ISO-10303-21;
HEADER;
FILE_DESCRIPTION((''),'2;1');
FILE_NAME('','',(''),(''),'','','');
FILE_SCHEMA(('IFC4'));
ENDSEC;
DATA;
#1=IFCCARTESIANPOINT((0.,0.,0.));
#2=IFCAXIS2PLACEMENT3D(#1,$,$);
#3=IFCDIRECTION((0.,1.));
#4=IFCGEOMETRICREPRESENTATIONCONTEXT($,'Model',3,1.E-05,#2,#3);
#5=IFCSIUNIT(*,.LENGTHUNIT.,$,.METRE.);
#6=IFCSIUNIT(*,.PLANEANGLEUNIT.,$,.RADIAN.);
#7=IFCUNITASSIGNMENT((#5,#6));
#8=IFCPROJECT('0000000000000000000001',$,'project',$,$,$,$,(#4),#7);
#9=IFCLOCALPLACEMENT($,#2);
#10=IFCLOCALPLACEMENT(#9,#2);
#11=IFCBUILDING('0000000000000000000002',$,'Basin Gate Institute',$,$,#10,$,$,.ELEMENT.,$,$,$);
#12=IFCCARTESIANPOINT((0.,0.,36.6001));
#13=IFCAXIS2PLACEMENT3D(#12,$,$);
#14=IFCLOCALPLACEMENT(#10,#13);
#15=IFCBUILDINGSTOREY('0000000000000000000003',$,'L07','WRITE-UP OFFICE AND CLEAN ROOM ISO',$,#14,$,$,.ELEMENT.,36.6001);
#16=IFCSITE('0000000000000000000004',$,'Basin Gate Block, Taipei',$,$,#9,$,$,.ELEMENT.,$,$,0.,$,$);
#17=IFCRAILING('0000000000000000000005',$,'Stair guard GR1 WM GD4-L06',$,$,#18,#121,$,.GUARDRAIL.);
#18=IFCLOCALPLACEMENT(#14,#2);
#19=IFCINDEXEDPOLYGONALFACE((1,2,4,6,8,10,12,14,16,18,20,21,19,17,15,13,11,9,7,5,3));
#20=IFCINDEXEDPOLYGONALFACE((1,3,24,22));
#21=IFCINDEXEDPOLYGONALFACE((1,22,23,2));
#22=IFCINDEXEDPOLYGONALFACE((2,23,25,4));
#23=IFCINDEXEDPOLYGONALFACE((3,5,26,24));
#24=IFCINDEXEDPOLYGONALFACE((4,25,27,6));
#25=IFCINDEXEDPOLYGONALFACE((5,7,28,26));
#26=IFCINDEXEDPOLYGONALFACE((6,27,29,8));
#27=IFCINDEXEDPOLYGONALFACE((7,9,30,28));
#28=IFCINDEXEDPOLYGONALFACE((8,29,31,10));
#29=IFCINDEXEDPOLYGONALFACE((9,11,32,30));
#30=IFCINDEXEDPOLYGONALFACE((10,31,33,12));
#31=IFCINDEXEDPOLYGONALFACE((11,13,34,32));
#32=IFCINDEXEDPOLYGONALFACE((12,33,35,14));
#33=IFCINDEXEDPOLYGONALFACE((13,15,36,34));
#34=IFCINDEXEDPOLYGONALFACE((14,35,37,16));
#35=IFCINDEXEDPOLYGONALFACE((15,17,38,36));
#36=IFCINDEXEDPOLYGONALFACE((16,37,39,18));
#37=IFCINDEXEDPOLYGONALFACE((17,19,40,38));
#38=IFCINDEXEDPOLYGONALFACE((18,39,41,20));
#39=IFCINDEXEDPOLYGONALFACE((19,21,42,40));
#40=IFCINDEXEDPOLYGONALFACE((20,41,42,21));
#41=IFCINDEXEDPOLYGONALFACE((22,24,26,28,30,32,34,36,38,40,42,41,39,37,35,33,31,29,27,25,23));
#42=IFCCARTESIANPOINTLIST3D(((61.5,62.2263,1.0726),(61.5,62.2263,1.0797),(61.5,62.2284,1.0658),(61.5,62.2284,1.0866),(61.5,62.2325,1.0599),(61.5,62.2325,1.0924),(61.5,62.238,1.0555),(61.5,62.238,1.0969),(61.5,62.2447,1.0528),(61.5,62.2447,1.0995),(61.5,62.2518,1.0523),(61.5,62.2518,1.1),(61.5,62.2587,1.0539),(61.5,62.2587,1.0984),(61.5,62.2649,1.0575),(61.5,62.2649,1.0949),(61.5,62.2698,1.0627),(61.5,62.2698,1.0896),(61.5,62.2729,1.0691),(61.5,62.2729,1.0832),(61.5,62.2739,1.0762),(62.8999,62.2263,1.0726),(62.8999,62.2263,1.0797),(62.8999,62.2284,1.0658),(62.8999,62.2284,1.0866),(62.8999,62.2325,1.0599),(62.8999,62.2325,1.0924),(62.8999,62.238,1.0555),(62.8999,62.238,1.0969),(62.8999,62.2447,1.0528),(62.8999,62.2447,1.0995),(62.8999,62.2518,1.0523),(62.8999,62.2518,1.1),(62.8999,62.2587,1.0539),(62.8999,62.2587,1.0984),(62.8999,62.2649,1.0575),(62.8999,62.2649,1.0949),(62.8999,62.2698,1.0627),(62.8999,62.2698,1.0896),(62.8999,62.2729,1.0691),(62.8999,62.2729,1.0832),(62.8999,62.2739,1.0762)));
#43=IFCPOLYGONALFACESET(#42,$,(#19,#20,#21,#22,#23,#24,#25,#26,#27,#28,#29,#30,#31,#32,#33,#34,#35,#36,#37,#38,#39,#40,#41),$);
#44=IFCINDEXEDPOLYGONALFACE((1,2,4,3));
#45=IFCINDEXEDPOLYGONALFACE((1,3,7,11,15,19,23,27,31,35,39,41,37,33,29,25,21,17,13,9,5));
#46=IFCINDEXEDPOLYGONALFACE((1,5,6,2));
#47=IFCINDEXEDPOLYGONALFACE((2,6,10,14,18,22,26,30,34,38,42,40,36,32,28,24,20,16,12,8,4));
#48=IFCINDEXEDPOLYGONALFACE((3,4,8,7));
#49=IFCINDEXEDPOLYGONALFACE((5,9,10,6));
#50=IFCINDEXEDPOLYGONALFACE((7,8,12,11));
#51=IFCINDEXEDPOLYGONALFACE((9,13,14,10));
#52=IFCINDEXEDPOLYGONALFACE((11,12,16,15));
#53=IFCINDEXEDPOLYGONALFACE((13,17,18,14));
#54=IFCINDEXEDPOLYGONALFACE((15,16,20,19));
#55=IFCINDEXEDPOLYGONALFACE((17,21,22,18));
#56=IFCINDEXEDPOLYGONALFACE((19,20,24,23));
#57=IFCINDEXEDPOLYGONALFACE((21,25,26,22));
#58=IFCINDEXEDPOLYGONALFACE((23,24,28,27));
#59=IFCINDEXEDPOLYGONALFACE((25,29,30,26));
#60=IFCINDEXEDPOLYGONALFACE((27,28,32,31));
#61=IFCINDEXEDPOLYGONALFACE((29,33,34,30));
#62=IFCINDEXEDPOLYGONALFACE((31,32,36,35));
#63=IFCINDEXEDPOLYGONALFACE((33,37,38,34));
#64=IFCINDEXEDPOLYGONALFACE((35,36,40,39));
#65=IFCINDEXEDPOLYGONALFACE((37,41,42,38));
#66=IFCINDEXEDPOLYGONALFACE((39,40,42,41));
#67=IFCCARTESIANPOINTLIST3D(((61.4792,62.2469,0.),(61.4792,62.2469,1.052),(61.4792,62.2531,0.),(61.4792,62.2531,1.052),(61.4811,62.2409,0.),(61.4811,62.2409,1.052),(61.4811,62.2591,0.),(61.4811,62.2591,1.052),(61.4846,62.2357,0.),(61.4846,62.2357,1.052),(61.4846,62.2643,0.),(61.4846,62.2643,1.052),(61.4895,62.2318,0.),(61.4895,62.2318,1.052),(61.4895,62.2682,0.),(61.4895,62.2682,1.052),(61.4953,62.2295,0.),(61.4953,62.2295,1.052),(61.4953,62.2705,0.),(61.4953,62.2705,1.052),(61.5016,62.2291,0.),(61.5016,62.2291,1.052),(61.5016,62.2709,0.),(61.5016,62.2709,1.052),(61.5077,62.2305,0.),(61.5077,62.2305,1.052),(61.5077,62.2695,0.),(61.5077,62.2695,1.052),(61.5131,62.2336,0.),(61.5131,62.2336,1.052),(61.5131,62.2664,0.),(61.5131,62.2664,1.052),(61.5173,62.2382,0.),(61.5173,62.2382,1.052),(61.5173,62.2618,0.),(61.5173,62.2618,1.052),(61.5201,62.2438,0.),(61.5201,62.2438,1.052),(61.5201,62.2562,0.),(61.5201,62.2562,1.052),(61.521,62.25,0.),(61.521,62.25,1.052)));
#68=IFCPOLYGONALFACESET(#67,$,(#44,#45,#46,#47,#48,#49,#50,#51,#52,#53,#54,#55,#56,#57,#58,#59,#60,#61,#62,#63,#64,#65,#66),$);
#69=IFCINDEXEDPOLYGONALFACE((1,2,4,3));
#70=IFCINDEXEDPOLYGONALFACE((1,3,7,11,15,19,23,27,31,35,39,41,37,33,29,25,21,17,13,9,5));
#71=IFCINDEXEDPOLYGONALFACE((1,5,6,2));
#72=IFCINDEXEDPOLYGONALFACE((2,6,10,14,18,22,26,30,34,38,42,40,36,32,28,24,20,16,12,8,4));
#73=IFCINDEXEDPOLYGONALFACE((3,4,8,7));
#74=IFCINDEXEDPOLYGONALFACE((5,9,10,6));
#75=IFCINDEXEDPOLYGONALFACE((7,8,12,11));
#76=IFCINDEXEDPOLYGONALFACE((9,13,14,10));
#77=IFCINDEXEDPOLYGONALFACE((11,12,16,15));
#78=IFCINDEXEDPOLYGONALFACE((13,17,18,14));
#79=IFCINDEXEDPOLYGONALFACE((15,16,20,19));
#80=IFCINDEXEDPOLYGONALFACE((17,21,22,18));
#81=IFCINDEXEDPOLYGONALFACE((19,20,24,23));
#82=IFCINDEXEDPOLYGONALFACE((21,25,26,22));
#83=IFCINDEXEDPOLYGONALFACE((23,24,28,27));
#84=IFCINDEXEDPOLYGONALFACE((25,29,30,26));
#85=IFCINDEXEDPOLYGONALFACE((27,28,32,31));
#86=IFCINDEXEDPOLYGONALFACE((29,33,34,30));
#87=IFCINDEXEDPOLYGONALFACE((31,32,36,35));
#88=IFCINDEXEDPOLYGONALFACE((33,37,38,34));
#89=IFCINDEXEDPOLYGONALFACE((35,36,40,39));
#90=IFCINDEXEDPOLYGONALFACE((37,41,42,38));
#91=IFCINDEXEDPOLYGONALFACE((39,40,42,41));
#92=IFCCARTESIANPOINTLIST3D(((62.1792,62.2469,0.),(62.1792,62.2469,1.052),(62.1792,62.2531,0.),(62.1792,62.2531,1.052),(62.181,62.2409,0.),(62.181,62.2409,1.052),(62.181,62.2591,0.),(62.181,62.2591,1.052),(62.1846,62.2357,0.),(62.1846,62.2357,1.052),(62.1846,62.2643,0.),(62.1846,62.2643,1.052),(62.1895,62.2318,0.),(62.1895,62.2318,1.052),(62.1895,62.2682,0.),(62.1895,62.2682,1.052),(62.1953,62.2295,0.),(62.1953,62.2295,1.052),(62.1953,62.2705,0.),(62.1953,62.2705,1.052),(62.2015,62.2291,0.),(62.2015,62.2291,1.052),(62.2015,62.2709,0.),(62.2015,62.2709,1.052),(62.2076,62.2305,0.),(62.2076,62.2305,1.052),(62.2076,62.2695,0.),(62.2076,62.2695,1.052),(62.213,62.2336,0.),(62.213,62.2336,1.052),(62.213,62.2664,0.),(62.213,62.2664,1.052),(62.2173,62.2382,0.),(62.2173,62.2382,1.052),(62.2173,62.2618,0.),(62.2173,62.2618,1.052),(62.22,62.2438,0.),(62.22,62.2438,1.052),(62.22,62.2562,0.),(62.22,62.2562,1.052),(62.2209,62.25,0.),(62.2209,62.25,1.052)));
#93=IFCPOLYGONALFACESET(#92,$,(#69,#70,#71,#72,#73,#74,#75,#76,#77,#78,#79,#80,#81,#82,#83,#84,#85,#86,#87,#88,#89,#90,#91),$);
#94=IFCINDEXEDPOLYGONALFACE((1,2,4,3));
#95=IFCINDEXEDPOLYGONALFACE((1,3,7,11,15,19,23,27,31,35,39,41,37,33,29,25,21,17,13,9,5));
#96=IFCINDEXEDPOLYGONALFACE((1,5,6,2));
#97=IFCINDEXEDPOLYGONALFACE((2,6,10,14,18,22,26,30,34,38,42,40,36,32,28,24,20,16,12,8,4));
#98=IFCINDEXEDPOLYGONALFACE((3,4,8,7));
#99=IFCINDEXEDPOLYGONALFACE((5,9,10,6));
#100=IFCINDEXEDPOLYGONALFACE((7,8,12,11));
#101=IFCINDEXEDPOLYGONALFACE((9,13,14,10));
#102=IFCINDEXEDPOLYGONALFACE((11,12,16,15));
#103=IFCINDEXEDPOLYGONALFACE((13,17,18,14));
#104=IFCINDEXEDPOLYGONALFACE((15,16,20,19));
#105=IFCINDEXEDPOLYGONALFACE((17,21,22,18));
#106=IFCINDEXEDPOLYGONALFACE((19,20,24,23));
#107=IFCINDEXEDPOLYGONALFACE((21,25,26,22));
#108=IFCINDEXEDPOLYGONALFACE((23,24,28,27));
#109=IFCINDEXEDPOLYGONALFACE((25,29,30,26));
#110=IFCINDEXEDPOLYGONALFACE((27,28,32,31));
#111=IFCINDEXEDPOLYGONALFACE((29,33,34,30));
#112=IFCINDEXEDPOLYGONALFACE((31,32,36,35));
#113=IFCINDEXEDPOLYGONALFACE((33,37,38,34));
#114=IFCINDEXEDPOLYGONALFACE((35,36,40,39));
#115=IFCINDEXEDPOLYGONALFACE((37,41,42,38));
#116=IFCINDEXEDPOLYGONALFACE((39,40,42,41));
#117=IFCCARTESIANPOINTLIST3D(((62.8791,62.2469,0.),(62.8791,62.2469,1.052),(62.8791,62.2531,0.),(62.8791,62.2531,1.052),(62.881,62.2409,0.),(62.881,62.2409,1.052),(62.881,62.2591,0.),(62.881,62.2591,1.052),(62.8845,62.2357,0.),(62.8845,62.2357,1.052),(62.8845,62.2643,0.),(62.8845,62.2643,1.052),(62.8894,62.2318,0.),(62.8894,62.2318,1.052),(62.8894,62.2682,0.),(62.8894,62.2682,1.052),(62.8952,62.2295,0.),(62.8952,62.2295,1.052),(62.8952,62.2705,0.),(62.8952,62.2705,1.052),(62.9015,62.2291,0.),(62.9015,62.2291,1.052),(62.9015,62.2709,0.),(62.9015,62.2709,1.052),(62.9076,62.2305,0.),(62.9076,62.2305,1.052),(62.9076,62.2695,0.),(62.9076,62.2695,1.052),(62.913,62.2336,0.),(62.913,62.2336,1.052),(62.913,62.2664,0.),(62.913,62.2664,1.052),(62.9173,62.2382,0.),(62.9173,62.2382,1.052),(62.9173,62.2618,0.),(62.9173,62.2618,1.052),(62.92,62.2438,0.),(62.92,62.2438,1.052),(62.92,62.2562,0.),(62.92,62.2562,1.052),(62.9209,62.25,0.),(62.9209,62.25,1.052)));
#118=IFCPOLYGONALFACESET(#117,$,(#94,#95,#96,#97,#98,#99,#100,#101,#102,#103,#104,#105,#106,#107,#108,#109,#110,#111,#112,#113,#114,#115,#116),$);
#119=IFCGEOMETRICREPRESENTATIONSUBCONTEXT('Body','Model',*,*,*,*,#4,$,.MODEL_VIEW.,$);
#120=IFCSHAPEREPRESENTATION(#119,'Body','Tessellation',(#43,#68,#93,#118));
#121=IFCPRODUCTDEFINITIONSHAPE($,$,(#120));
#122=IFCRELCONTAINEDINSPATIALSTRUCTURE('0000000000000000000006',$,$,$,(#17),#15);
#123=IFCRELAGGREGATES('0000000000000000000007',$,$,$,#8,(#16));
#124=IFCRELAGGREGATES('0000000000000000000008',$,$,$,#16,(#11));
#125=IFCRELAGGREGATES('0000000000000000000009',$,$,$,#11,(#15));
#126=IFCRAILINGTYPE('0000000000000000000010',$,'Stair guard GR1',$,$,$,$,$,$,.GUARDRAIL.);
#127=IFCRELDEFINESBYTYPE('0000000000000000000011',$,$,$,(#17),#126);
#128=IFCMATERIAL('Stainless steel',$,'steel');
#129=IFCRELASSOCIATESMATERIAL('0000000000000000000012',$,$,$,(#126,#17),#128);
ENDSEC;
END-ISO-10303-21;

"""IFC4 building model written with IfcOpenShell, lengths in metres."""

from ifc_helpers import new_model, si_unit, direction, frame, origin, origin_2d, place, context, subcontext, project, spatial, circle, extrude, material, type_object, element, save


model = new_model("IFC4")

# Units and contexts
model_context = context("Model", 3, precision=1e-05, world=origin(), true_north=direction((0.0, 1.0)))
body_context = subcontext(model_context, "Body", "Model", "MODEL_VIEW")
ifc_project = project(units=[si_unit("LENGTHUNIT", "METRE"), si_unit("PLANEANGLEUNIT", "RADIAN")], contexts=[model_context])

# Site, building, storey
site_placement = place(None, origin())
site = spatial("IfcSite", under=ifc_project, at=site_placement, Name="Basin Gate Block, Taipei", CompositionType="ELEMENT", RefElevation=0.0)
building_placement = place(site_placement, origin())
building = spatial("IfcBuilding", under=site, at=building_placement, Name="Basin Gate Institute", CompositionType="ELEMENT")
storey_placement = place(building_placement, frame((0.0, 0.0, 36.6001)))
storey = spatial("IfcBuildingStorey", under=building, at=storey_placement, Name="L07", Description="WRITE-UP OFFICE AND CLEAN ROOM ISO", CompositionType="ELEMENT", Elevation=36.6001)

# Railing
ifc_material_1 = material(Name="Stainless steel", Category="steel")
railing_type_1 = type_object("IfcRailingType", Name="Stair guard GR1", PredefinedType="GUARDRAIL", material=ifc_material_1)
railing_1_placement = place(storey_placement, frame((61.5, 62.25, 0.0)))
element("IfcRailing", 1, at=railing_1_placement, inside=storey, type_object=railing_type_1, material=ifc_material_1, Name="Stair guard GR1 WM GD4-L06", PredefinedType="GUARDRAIL", context=body_context, shape_type="SweptSolid", body=[
    extrude(circle(Radius=0.0239, at=origin_2d()), frame((0.0, 0.0, 1.0762), z_axis=(1.0, 0.0, 0.0), x_axis=(0.0, 1.0, 0.0)), (0.0, 0.0, 1.0), 1.3999),
    extrude(circle(Radius=0.021, at=origin_2d()), origin(), (0.0, 0.0, 1.0), 1.052),
    extrude(circle(Radius=0.021, at=origin_2d()), frame((0.7, 0.0, 0.0)), (0.0, 0.0, 1.0), 1.052),
    extrude(circle(Radius=0.021, at=origin_2d()), frame((1.3999, 0.0, 0.0)), (0.0, 0.0, 1.0), 1.052),
])

save(model, "model.ifc")
